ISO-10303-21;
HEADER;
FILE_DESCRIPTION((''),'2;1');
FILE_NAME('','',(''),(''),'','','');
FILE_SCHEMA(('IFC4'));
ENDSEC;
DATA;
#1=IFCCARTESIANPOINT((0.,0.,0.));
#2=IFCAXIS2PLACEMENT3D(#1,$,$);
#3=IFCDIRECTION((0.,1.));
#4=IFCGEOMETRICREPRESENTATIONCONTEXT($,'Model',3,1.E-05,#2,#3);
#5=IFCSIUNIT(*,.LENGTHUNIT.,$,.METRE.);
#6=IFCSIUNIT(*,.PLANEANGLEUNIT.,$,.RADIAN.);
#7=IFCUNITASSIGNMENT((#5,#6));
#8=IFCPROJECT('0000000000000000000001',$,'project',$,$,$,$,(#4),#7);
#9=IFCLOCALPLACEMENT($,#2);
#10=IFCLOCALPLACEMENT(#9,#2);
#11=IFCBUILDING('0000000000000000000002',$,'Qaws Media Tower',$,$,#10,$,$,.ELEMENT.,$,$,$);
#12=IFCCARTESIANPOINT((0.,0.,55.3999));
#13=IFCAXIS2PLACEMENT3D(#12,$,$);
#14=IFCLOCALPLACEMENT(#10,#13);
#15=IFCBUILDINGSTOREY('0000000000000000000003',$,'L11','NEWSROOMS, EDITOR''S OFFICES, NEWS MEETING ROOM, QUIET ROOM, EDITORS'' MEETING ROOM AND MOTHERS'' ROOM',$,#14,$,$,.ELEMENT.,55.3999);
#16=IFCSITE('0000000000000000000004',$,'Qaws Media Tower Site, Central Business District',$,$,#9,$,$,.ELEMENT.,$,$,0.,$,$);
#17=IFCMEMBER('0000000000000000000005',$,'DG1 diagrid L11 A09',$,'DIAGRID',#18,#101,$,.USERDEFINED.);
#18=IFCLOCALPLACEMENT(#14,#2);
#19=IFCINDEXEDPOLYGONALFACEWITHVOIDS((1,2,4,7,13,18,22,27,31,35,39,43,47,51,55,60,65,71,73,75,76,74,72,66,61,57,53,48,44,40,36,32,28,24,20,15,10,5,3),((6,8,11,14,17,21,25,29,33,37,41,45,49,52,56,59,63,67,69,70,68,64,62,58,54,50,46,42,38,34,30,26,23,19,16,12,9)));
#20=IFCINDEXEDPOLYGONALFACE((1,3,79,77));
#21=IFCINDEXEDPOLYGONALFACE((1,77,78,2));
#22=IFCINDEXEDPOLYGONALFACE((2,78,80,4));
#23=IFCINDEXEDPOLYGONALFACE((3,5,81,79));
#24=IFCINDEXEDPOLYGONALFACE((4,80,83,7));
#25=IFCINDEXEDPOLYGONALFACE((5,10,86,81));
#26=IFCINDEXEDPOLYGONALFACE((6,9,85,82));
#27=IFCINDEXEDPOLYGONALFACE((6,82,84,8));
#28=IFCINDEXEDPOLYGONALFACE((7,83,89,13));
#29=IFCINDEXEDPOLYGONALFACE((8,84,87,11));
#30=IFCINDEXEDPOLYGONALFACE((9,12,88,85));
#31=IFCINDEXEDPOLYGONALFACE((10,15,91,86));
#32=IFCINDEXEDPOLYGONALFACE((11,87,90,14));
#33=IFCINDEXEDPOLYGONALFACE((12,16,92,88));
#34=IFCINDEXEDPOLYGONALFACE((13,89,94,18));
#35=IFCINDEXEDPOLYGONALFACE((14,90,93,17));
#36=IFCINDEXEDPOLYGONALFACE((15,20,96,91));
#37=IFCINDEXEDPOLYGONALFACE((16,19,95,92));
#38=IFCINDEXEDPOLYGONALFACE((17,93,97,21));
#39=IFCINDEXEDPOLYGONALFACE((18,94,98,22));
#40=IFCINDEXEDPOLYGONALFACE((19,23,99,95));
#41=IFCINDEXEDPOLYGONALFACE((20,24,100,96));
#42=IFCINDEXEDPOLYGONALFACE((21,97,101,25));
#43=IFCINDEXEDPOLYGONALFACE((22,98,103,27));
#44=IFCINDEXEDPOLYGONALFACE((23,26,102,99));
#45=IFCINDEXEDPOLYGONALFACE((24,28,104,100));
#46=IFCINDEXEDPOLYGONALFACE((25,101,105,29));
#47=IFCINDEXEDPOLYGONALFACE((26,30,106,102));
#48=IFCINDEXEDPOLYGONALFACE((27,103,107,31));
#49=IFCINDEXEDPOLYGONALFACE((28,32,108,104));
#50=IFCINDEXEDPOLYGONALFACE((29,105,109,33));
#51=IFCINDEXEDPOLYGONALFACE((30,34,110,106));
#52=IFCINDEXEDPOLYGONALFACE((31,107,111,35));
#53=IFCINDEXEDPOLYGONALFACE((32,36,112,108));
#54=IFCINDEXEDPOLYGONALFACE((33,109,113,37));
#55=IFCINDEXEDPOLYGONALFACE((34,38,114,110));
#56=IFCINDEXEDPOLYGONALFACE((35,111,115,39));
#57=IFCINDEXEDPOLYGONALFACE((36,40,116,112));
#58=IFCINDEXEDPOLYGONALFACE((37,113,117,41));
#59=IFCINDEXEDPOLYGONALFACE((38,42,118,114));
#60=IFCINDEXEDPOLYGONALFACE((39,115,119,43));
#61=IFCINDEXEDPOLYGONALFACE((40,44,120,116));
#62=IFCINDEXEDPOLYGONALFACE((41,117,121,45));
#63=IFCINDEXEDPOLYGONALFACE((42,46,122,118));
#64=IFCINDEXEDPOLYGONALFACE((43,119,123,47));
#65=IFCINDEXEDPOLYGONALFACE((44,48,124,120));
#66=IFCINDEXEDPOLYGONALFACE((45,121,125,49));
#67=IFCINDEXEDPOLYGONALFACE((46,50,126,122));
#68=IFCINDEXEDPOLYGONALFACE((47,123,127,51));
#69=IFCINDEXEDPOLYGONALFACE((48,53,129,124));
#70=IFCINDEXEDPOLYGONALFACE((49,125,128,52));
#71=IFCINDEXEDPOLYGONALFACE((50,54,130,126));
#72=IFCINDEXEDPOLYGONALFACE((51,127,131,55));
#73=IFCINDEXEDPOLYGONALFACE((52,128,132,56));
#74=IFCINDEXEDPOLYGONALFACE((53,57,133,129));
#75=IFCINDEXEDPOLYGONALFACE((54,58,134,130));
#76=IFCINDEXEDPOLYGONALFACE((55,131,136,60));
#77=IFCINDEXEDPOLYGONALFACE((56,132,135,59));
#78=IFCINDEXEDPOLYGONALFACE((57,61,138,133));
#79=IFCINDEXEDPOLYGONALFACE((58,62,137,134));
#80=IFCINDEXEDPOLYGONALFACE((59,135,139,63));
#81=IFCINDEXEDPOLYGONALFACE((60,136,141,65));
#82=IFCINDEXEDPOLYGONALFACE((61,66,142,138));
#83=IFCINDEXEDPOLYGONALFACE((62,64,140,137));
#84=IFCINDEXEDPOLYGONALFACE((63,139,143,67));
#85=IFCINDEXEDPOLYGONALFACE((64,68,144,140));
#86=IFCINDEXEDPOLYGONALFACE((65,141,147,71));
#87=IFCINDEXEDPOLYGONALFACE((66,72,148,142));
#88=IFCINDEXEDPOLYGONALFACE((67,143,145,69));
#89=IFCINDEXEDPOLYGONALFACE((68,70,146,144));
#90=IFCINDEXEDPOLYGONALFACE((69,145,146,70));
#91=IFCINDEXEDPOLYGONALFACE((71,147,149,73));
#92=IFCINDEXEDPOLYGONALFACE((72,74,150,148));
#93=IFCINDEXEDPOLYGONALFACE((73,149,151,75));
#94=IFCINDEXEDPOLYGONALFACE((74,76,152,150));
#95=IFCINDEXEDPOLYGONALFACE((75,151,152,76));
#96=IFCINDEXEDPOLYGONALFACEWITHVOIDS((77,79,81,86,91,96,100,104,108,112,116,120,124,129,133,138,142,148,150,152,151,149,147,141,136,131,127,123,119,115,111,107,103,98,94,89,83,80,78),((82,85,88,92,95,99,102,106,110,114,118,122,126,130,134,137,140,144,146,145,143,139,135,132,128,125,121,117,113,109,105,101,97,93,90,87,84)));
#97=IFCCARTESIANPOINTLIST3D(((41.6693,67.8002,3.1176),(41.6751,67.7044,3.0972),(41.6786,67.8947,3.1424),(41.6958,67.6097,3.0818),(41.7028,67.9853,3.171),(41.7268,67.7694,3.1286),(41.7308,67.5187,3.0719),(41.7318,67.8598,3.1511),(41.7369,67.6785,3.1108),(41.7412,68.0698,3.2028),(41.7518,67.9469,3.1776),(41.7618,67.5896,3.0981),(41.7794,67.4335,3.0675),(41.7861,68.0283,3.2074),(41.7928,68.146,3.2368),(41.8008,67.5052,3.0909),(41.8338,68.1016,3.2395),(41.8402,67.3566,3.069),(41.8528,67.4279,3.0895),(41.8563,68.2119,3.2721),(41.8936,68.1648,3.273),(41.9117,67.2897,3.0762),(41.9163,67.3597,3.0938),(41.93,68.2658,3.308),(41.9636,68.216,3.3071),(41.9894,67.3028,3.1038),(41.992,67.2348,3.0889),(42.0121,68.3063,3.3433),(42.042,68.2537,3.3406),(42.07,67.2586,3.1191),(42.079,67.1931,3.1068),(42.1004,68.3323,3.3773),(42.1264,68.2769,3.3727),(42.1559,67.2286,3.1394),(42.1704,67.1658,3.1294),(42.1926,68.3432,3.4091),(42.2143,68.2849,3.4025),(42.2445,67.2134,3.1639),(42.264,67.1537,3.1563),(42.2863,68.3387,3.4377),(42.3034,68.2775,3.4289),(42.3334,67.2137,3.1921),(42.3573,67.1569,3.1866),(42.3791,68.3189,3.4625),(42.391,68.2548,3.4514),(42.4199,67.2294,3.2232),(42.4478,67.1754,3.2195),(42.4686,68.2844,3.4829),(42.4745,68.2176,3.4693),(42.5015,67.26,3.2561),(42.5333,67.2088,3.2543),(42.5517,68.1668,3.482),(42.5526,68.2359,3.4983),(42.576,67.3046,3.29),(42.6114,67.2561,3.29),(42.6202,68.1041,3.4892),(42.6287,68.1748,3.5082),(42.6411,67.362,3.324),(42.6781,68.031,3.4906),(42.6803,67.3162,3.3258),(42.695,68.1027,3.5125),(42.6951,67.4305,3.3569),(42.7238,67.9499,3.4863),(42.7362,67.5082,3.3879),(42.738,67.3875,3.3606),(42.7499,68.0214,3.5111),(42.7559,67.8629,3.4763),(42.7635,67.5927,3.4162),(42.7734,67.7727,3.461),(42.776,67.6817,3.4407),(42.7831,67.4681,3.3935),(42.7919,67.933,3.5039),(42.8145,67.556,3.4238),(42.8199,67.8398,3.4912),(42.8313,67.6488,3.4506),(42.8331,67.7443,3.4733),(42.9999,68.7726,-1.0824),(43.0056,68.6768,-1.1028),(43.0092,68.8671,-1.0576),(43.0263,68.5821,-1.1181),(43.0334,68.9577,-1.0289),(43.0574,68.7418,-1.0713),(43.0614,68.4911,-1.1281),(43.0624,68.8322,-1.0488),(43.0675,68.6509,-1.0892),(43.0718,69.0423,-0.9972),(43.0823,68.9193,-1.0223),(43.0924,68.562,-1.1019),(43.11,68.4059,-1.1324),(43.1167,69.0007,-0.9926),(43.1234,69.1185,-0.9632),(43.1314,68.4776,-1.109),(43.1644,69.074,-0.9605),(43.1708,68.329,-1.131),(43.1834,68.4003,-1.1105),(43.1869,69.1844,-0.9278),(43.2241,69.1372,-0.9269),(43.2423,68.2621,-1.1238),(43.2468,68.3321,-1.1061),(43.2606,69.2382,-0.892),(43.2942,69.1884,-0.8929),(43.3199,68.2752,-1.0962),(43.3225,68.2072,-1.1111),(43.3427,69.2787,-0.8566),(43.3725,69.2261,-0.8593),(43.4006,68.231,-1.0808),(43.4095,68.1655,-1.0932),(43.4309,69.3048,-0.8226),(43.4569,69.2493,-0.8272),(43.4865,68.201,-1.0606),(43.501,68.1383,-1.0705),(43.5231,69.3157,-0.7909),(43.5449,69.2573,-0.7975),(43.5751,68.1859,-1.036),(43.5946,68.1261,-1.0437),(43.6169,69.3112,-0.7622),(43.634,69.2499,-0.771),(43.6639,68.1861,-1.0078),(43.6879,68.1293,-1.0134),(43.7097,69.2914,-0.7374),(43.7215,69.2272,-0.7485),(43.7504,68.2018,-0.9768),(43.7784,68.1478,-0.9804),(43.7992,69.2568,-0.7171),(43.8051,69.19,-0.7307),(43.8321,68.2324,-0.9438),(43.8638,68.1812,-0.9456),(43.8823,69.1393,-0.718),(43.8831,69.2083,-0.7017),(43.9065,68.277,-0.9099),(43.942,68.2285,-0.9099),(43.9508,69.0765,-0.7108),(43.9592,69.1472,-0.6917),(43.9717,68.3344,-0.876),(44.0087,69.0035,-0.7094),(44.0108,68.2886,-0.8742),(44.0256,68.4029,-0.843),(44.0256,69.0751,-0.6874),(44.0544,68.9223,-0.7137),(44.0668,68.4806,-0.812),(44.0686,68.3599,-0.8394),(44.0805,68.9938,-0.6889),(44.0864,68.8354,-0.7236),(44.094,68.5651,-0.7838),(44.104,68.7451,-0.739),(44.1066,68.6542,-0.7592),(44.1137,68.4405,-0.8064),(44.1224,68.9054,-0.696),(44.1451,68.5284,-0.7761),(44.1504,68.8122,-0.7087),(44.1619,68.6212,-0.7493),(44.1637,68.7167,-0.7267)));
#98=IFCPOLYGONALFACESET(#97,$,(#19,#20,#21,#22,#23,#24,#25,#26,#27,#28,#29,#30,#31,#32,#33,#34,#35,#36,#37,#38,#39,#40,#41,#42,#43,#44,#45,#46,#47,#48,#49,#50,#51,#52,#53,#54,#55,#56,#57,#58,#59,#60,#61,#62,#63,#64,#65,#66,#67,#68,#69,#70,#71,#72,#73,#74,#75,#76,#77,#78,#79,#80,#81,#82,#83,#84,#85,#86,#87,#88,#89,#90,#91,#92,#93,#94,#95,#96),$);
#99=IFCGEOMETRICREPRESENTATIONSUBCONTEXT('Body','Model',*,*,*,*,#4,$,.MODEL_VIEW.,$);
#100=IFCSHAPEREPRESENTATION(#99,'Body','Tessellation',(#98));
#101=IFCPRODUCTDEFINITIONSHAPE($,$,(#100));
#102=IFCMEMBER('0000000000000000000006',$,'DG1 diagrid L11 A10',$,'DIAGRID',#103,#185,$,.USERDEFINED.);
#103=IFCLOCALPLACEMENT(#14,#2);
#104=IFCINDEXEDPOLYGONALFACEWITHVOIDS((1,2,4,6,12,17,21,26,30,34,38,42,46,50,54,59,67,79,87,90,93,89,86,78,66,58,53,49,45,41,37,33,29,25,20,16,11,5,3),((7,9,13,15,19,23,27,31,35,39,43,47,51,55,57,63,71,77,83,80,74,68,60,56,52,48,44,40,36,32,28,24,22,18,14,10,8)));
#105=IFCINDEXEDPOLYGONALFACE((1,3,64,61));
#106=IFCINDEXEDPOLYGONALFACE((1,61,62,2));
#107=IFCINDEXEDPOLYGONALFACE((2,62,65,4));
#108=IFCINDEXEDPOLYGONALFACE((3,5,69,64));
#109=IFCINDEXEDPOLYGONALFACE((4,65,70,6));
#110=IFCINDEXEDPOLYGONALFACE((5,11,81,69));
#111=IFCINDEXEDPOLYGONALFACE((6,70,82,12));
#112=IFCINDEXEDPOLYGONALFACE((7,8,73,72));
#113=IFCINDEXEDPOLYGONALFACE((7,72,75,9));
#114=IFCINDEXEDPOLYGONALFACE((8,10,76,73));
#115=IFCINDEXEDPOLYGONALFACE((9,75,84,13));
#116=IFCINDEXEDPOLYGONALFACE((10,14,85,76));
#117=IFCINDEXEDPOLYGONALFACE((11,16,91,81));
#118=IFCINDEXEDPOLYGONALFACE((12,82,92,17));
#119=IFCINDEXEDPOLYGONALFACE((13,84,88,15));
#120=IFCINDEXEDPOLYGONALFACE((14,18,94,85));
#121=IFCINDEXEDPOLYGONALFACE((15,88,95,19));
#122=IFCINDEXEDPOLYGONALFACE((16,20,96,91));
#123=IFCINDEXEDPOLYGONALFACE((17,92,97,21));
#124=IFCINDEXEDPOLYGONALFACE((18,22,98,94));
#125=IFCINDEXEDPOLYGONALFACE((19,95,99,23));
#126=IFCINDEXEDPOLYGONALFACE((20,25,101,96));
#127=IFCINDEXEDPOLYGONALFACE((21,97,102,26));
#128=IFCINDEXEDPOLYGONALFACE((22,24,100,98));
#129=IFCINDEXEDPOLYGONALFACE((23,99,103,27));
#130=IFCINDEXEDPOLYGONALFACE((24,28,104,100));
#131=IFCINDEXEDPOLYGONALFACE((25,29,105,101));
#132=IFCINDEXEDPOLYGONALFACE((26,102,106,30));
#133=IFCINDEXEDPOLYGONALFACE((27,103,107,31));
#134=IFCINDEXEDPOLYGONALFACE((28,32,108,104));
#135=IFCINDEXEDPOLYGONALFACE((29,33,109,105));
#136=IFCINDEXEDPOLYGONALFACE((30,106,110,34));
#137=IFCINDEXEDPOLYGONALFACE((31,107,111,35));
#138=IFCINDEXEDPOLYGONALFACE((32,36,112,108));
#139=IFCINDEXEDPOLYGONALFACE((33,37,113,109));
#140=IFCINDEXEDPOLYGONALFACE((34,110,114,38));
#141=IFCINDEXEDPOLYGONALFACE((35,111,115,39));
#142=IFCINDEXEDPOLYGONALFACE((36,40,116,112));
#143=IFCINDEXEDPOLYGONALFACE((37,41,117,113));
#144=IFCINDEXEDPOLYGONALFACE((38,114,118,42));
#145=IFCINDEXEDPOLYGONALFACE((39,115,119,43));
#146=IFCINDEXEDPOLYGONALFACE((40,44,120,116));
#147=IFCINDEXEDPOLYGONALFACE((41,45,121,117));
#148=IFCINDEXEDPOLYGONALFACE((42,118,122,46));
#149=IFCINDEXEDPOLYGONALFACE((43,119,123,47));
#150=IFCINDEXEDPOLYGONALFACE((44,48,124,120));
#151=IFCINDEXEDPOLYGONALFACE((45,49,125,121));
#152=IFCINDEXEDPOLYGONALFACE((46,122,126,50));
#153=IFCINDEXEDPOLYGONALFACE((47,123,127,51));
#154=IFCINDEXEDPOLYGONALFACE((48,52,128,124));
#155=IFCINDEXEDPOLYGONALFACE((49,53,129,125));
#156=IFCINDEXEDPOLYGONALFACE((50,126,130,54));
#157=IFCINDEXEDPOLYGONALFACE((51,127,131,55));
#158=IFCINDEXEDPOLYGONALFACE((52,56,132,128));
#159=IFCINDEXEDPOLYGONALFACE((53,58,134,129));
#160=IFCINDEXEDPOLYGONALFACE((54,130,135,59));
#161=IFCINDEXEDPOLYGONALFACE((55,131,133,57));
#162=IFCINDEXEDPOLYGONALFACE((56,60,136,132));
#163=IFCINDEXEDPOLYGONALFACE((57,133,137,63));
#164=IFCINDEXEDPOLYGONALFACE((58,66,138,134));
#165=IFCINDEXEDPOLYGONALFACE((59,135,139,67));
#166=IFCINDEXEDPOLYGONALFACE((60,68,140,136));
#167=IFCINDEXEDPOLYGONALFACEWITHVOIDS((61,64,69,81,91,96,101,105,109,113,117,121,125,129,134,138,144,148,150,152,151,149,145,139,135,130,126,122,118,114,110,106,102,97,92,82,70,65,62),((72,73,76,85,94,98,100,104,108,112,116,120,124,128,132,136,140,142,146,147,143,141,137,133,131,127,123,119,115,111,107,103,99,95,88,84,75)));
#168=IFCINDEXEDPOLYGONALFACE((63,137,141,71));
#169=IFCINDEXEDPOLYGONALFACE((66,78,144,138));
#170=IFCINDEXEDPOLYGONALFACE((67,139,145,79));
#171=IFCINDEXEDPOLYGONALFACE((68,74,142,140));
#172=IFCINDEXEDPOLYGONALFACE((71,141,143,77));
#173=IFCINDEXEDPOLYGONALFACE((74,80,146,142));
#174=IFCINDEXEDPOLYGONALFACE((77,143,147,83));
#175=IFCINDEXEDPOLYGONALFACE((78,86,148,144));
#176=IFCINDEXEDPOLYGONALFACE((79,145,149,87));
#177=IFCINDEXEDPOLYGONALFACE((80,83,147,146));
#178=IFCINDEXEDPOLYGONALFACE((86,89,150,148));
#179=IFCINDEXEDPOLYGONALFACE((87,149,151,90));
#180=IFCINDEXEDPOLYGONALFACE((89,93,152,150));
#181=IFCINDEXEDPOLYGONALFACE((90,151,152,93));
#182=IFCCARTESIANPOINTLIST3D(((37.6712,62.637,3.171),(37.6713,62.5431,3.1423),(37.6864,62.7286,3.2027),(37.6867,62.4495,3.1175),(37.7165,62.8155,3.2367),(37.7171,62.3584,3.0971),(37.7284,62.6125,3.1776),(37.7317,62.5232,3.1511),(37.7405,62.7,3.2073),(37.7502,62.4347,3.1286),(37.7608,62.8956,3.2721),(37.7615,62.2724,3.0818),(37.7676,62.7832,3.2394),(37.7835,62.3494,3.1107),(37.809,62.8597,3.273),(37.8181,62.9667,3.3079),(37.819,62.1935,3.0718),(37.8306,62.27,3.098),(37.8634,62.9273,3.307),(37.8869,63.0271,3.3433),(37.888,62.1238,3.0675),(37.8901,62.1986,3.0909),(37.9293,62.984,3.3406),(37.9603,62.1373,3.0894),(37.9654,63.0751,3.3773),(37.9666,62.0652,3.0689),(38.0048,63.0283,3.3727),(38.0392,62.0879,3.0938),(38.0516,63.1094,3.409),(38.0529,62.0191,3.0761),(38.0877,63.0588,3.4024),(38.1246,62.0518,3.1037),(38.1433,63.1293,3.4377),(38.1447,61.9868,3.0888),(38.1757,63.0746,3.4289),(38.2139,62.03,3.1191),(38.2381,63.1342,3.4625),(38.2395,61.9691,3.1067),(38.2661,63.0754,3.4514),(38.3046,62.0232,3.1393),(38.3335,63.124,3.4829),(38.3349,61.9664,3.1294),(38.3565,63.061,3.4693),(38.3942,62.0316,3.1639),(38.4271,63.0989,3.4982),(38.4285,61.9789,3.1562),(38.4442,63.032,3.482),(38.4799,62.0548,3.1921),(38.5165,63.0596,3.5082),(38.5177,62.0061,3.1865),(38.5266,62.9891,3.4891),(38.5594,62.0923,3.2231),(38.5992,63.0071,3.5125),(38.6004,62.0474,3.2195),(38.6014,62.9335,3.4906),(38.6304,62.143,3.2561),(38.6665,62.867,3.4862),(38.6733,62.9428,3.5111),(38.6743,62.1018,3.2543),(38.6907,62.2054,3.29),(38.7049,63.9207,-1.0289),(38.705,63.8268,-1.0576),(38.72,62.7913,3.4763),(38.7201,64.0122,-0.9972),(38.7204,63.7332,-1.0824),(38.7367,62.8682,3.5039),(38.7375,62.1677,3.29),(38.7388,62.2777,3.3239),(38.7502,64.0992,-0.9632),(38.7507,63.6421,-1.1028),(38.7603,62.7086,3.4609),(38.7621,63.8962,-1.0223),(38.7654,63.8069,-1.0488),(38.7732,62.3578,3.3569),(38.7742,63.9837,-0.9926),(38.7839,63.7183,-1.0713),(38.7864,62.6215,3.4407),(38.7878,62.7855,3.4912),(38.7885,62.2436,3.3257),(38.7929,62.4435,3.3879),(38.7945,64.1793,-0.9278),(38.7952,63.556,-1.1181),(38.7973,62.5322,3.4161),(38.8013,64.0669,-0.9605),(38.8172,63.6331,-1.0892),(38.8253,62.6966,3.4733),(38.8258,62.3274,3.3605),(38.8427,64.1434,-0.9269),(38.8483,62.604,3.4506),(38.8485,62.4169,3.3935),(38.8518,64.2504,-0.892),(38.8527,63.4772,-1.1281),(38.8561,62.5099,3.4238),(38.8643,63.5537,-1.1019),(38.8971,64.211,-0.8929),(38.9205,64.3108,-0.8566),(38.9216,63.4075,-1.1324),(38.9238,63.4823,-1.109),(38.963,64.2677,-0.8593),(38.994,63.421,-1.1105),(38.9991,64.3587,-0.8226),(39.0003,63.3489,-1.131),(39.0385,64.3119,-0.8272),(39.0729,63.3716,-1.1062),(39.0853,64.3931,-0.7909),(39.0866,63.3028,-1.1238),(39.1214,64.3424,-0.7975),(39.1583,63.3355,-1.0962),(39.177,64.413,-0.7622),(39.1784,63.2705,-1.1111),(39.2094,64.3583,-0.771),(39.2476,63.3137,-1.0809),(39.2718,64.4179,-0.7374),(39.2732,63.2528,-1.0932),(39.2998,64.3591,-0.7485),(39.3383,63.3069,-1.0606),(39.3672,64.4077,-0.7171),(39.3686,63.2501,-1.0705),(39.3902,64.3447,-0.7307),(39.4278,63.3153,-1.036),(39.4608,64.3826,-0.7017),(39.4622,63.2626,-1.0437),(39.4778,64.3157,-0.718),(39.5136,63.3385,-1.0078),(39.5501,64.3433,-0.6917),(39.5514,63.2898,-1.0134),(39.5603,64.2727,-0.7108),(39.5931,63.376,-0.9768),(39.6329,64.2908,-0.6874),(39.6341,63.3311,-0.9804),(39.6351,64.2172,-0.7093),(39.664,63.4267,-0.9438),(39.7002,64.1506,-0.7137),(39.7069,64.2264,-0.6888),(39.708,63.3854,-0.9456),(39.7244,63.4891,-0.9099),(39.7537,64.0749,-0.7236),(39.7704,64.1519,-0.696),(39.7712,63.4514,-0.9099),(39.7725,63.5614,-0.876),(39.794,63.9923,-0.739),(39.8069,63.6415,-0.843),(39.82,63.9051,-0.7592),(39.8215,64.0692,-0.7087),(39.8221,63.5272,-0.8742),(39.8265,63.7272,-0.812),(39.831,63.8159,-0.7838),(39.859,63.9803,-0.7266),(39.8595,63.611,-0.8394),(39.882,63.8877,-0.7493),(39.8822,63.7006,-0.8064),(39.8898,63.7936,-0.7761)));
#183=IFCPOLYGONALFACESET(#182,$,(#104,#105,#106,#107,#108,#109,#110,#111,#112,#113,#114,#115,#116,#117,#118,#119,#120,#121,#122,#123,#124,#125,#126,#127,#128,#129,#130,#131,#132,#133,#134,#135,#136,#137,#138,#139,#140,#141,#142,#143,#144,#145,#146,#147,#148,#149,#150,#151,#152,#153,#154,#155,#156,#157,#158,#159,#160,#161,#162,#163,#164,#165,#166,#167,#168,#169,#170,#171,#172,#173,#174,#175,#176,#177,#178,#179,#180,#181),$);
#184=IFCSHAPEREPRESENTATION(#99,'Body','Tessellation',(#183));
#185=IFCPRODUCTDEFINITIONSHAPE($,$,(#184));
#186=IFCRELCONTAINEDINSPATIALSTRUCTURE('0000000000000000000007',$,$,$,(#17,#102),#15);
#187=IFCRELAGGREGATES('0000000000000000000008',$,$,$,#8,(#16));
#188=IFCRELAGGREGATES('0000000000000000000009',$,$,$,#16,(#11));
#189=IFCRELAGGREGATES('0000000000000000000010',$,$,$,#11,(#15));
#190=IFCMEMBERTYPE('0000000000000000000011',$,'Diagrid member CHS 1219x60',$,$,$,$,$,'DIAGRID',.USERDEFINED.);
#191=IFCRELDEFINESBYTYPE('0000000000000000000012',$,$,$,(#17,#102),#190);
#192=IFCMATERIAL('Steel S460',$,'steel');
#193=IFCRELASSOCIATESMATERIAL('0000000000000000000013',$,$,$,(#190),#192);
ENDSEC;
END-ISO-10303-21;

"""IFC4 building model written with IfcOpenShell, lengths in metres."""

from ifc_helpers import new_model, si_unit, direction, frame, origin, origin_2d, place, context, subcontext, project, spatial, hollow_circle, extrude, material, material_profile, profile_set, type_object, element, save


model = new_model("IFC4")

# Units and contexts
model_context = context("Model", 3, precision=1e-05, world=origin(), true_north=direction((0.0, 1.0)))
body_context = subcontext(model_context, "Body", "Model", "MODEL_VIEW")
ifc_project = project(units=[si_unit("LENGTHUNIT", "METRE"), si_unit("PLANEANGLEUNIT", "RADIAN")], contexts=[model_context])

# Site, building, storey
site_placement = place(None, origin())
site = spatial("IfcSite", under=ifc_project, at=site_placement, Name="Qaws Media Tower Site, Central Business District", CompositionType="ELEMENT", RefElevation=0.0)
building_placement = place(site_placement, origin())
building = spatial("IfcBuilding", under=site, at=building_placement, Name="Qaws Media Tower", CompositionType="ELEMENT")
storey_placement = place(building_placement, frame((0.0, 0.0, 55.3999)))
storey = spatial("IfcBuildingStorey", under=building, at=storey_placement, Name="L11", Description="NEWSROOMS, EDITOR'S OFFICES, NEWS MEETING ROOM, QUIET ROOM, EDITORS' MEETING ROOM AND MOTHERS' ROOM", CompositionType="ELEMENT", Elevation=55.3999)

# Members
ifc_material_1 = material(Name="Steel S460", Category="steel")
ifc_material_profile_1 = material_profile(ifc_material_1, hollow_circle(Radius=0.6096, WallThickness=0.0601, at=origin_2d()), Name="CHS 1219x60")
ifc_profile_set_1 = profile_set([ifc_material_profile_1], Name="Steel S460")
member_type_1 = type_object("IfcMemberType", Name="Diagrid member CHS 1219x60", ElementType="DIAGRID", PredefinedType="USERDEFINED", material=ifc_profile_set_1)
for number, where, z_axis, x_axis, name in (
    (1, (43.5823, 68.7207, -0.9099), (-0.294914, -0.21553, 0.930899), (0.590046, -0.807369, 0.0), "DG1 diagrid L11 A09"),
    (2, (39.2964, 63.8337, -0.9099), (-0.22911, -0.284521, 0.93089), (0.77887, -0.627185, 0.0), "DG1 diagrid L11 A10"),
):
    element("IfcMember", number, at=place(storey_placement, frame(where, z_axis=z_axis, x_axis=x_axis)), inside=storey, type_object=member_type_1, Name=name, ObjectType="DIAGRID", PredefinedType="USERDEFINED", context=body_context, shape_type="SweptSolid", body=[
        extrude(hollow_circle(Radius=0.6096, WallThickness=0.0601, at=origin_2d()), origin(), (0.0, 0.0, 1.0), 4.5117),
    ])

save(model, "model.ifc")
